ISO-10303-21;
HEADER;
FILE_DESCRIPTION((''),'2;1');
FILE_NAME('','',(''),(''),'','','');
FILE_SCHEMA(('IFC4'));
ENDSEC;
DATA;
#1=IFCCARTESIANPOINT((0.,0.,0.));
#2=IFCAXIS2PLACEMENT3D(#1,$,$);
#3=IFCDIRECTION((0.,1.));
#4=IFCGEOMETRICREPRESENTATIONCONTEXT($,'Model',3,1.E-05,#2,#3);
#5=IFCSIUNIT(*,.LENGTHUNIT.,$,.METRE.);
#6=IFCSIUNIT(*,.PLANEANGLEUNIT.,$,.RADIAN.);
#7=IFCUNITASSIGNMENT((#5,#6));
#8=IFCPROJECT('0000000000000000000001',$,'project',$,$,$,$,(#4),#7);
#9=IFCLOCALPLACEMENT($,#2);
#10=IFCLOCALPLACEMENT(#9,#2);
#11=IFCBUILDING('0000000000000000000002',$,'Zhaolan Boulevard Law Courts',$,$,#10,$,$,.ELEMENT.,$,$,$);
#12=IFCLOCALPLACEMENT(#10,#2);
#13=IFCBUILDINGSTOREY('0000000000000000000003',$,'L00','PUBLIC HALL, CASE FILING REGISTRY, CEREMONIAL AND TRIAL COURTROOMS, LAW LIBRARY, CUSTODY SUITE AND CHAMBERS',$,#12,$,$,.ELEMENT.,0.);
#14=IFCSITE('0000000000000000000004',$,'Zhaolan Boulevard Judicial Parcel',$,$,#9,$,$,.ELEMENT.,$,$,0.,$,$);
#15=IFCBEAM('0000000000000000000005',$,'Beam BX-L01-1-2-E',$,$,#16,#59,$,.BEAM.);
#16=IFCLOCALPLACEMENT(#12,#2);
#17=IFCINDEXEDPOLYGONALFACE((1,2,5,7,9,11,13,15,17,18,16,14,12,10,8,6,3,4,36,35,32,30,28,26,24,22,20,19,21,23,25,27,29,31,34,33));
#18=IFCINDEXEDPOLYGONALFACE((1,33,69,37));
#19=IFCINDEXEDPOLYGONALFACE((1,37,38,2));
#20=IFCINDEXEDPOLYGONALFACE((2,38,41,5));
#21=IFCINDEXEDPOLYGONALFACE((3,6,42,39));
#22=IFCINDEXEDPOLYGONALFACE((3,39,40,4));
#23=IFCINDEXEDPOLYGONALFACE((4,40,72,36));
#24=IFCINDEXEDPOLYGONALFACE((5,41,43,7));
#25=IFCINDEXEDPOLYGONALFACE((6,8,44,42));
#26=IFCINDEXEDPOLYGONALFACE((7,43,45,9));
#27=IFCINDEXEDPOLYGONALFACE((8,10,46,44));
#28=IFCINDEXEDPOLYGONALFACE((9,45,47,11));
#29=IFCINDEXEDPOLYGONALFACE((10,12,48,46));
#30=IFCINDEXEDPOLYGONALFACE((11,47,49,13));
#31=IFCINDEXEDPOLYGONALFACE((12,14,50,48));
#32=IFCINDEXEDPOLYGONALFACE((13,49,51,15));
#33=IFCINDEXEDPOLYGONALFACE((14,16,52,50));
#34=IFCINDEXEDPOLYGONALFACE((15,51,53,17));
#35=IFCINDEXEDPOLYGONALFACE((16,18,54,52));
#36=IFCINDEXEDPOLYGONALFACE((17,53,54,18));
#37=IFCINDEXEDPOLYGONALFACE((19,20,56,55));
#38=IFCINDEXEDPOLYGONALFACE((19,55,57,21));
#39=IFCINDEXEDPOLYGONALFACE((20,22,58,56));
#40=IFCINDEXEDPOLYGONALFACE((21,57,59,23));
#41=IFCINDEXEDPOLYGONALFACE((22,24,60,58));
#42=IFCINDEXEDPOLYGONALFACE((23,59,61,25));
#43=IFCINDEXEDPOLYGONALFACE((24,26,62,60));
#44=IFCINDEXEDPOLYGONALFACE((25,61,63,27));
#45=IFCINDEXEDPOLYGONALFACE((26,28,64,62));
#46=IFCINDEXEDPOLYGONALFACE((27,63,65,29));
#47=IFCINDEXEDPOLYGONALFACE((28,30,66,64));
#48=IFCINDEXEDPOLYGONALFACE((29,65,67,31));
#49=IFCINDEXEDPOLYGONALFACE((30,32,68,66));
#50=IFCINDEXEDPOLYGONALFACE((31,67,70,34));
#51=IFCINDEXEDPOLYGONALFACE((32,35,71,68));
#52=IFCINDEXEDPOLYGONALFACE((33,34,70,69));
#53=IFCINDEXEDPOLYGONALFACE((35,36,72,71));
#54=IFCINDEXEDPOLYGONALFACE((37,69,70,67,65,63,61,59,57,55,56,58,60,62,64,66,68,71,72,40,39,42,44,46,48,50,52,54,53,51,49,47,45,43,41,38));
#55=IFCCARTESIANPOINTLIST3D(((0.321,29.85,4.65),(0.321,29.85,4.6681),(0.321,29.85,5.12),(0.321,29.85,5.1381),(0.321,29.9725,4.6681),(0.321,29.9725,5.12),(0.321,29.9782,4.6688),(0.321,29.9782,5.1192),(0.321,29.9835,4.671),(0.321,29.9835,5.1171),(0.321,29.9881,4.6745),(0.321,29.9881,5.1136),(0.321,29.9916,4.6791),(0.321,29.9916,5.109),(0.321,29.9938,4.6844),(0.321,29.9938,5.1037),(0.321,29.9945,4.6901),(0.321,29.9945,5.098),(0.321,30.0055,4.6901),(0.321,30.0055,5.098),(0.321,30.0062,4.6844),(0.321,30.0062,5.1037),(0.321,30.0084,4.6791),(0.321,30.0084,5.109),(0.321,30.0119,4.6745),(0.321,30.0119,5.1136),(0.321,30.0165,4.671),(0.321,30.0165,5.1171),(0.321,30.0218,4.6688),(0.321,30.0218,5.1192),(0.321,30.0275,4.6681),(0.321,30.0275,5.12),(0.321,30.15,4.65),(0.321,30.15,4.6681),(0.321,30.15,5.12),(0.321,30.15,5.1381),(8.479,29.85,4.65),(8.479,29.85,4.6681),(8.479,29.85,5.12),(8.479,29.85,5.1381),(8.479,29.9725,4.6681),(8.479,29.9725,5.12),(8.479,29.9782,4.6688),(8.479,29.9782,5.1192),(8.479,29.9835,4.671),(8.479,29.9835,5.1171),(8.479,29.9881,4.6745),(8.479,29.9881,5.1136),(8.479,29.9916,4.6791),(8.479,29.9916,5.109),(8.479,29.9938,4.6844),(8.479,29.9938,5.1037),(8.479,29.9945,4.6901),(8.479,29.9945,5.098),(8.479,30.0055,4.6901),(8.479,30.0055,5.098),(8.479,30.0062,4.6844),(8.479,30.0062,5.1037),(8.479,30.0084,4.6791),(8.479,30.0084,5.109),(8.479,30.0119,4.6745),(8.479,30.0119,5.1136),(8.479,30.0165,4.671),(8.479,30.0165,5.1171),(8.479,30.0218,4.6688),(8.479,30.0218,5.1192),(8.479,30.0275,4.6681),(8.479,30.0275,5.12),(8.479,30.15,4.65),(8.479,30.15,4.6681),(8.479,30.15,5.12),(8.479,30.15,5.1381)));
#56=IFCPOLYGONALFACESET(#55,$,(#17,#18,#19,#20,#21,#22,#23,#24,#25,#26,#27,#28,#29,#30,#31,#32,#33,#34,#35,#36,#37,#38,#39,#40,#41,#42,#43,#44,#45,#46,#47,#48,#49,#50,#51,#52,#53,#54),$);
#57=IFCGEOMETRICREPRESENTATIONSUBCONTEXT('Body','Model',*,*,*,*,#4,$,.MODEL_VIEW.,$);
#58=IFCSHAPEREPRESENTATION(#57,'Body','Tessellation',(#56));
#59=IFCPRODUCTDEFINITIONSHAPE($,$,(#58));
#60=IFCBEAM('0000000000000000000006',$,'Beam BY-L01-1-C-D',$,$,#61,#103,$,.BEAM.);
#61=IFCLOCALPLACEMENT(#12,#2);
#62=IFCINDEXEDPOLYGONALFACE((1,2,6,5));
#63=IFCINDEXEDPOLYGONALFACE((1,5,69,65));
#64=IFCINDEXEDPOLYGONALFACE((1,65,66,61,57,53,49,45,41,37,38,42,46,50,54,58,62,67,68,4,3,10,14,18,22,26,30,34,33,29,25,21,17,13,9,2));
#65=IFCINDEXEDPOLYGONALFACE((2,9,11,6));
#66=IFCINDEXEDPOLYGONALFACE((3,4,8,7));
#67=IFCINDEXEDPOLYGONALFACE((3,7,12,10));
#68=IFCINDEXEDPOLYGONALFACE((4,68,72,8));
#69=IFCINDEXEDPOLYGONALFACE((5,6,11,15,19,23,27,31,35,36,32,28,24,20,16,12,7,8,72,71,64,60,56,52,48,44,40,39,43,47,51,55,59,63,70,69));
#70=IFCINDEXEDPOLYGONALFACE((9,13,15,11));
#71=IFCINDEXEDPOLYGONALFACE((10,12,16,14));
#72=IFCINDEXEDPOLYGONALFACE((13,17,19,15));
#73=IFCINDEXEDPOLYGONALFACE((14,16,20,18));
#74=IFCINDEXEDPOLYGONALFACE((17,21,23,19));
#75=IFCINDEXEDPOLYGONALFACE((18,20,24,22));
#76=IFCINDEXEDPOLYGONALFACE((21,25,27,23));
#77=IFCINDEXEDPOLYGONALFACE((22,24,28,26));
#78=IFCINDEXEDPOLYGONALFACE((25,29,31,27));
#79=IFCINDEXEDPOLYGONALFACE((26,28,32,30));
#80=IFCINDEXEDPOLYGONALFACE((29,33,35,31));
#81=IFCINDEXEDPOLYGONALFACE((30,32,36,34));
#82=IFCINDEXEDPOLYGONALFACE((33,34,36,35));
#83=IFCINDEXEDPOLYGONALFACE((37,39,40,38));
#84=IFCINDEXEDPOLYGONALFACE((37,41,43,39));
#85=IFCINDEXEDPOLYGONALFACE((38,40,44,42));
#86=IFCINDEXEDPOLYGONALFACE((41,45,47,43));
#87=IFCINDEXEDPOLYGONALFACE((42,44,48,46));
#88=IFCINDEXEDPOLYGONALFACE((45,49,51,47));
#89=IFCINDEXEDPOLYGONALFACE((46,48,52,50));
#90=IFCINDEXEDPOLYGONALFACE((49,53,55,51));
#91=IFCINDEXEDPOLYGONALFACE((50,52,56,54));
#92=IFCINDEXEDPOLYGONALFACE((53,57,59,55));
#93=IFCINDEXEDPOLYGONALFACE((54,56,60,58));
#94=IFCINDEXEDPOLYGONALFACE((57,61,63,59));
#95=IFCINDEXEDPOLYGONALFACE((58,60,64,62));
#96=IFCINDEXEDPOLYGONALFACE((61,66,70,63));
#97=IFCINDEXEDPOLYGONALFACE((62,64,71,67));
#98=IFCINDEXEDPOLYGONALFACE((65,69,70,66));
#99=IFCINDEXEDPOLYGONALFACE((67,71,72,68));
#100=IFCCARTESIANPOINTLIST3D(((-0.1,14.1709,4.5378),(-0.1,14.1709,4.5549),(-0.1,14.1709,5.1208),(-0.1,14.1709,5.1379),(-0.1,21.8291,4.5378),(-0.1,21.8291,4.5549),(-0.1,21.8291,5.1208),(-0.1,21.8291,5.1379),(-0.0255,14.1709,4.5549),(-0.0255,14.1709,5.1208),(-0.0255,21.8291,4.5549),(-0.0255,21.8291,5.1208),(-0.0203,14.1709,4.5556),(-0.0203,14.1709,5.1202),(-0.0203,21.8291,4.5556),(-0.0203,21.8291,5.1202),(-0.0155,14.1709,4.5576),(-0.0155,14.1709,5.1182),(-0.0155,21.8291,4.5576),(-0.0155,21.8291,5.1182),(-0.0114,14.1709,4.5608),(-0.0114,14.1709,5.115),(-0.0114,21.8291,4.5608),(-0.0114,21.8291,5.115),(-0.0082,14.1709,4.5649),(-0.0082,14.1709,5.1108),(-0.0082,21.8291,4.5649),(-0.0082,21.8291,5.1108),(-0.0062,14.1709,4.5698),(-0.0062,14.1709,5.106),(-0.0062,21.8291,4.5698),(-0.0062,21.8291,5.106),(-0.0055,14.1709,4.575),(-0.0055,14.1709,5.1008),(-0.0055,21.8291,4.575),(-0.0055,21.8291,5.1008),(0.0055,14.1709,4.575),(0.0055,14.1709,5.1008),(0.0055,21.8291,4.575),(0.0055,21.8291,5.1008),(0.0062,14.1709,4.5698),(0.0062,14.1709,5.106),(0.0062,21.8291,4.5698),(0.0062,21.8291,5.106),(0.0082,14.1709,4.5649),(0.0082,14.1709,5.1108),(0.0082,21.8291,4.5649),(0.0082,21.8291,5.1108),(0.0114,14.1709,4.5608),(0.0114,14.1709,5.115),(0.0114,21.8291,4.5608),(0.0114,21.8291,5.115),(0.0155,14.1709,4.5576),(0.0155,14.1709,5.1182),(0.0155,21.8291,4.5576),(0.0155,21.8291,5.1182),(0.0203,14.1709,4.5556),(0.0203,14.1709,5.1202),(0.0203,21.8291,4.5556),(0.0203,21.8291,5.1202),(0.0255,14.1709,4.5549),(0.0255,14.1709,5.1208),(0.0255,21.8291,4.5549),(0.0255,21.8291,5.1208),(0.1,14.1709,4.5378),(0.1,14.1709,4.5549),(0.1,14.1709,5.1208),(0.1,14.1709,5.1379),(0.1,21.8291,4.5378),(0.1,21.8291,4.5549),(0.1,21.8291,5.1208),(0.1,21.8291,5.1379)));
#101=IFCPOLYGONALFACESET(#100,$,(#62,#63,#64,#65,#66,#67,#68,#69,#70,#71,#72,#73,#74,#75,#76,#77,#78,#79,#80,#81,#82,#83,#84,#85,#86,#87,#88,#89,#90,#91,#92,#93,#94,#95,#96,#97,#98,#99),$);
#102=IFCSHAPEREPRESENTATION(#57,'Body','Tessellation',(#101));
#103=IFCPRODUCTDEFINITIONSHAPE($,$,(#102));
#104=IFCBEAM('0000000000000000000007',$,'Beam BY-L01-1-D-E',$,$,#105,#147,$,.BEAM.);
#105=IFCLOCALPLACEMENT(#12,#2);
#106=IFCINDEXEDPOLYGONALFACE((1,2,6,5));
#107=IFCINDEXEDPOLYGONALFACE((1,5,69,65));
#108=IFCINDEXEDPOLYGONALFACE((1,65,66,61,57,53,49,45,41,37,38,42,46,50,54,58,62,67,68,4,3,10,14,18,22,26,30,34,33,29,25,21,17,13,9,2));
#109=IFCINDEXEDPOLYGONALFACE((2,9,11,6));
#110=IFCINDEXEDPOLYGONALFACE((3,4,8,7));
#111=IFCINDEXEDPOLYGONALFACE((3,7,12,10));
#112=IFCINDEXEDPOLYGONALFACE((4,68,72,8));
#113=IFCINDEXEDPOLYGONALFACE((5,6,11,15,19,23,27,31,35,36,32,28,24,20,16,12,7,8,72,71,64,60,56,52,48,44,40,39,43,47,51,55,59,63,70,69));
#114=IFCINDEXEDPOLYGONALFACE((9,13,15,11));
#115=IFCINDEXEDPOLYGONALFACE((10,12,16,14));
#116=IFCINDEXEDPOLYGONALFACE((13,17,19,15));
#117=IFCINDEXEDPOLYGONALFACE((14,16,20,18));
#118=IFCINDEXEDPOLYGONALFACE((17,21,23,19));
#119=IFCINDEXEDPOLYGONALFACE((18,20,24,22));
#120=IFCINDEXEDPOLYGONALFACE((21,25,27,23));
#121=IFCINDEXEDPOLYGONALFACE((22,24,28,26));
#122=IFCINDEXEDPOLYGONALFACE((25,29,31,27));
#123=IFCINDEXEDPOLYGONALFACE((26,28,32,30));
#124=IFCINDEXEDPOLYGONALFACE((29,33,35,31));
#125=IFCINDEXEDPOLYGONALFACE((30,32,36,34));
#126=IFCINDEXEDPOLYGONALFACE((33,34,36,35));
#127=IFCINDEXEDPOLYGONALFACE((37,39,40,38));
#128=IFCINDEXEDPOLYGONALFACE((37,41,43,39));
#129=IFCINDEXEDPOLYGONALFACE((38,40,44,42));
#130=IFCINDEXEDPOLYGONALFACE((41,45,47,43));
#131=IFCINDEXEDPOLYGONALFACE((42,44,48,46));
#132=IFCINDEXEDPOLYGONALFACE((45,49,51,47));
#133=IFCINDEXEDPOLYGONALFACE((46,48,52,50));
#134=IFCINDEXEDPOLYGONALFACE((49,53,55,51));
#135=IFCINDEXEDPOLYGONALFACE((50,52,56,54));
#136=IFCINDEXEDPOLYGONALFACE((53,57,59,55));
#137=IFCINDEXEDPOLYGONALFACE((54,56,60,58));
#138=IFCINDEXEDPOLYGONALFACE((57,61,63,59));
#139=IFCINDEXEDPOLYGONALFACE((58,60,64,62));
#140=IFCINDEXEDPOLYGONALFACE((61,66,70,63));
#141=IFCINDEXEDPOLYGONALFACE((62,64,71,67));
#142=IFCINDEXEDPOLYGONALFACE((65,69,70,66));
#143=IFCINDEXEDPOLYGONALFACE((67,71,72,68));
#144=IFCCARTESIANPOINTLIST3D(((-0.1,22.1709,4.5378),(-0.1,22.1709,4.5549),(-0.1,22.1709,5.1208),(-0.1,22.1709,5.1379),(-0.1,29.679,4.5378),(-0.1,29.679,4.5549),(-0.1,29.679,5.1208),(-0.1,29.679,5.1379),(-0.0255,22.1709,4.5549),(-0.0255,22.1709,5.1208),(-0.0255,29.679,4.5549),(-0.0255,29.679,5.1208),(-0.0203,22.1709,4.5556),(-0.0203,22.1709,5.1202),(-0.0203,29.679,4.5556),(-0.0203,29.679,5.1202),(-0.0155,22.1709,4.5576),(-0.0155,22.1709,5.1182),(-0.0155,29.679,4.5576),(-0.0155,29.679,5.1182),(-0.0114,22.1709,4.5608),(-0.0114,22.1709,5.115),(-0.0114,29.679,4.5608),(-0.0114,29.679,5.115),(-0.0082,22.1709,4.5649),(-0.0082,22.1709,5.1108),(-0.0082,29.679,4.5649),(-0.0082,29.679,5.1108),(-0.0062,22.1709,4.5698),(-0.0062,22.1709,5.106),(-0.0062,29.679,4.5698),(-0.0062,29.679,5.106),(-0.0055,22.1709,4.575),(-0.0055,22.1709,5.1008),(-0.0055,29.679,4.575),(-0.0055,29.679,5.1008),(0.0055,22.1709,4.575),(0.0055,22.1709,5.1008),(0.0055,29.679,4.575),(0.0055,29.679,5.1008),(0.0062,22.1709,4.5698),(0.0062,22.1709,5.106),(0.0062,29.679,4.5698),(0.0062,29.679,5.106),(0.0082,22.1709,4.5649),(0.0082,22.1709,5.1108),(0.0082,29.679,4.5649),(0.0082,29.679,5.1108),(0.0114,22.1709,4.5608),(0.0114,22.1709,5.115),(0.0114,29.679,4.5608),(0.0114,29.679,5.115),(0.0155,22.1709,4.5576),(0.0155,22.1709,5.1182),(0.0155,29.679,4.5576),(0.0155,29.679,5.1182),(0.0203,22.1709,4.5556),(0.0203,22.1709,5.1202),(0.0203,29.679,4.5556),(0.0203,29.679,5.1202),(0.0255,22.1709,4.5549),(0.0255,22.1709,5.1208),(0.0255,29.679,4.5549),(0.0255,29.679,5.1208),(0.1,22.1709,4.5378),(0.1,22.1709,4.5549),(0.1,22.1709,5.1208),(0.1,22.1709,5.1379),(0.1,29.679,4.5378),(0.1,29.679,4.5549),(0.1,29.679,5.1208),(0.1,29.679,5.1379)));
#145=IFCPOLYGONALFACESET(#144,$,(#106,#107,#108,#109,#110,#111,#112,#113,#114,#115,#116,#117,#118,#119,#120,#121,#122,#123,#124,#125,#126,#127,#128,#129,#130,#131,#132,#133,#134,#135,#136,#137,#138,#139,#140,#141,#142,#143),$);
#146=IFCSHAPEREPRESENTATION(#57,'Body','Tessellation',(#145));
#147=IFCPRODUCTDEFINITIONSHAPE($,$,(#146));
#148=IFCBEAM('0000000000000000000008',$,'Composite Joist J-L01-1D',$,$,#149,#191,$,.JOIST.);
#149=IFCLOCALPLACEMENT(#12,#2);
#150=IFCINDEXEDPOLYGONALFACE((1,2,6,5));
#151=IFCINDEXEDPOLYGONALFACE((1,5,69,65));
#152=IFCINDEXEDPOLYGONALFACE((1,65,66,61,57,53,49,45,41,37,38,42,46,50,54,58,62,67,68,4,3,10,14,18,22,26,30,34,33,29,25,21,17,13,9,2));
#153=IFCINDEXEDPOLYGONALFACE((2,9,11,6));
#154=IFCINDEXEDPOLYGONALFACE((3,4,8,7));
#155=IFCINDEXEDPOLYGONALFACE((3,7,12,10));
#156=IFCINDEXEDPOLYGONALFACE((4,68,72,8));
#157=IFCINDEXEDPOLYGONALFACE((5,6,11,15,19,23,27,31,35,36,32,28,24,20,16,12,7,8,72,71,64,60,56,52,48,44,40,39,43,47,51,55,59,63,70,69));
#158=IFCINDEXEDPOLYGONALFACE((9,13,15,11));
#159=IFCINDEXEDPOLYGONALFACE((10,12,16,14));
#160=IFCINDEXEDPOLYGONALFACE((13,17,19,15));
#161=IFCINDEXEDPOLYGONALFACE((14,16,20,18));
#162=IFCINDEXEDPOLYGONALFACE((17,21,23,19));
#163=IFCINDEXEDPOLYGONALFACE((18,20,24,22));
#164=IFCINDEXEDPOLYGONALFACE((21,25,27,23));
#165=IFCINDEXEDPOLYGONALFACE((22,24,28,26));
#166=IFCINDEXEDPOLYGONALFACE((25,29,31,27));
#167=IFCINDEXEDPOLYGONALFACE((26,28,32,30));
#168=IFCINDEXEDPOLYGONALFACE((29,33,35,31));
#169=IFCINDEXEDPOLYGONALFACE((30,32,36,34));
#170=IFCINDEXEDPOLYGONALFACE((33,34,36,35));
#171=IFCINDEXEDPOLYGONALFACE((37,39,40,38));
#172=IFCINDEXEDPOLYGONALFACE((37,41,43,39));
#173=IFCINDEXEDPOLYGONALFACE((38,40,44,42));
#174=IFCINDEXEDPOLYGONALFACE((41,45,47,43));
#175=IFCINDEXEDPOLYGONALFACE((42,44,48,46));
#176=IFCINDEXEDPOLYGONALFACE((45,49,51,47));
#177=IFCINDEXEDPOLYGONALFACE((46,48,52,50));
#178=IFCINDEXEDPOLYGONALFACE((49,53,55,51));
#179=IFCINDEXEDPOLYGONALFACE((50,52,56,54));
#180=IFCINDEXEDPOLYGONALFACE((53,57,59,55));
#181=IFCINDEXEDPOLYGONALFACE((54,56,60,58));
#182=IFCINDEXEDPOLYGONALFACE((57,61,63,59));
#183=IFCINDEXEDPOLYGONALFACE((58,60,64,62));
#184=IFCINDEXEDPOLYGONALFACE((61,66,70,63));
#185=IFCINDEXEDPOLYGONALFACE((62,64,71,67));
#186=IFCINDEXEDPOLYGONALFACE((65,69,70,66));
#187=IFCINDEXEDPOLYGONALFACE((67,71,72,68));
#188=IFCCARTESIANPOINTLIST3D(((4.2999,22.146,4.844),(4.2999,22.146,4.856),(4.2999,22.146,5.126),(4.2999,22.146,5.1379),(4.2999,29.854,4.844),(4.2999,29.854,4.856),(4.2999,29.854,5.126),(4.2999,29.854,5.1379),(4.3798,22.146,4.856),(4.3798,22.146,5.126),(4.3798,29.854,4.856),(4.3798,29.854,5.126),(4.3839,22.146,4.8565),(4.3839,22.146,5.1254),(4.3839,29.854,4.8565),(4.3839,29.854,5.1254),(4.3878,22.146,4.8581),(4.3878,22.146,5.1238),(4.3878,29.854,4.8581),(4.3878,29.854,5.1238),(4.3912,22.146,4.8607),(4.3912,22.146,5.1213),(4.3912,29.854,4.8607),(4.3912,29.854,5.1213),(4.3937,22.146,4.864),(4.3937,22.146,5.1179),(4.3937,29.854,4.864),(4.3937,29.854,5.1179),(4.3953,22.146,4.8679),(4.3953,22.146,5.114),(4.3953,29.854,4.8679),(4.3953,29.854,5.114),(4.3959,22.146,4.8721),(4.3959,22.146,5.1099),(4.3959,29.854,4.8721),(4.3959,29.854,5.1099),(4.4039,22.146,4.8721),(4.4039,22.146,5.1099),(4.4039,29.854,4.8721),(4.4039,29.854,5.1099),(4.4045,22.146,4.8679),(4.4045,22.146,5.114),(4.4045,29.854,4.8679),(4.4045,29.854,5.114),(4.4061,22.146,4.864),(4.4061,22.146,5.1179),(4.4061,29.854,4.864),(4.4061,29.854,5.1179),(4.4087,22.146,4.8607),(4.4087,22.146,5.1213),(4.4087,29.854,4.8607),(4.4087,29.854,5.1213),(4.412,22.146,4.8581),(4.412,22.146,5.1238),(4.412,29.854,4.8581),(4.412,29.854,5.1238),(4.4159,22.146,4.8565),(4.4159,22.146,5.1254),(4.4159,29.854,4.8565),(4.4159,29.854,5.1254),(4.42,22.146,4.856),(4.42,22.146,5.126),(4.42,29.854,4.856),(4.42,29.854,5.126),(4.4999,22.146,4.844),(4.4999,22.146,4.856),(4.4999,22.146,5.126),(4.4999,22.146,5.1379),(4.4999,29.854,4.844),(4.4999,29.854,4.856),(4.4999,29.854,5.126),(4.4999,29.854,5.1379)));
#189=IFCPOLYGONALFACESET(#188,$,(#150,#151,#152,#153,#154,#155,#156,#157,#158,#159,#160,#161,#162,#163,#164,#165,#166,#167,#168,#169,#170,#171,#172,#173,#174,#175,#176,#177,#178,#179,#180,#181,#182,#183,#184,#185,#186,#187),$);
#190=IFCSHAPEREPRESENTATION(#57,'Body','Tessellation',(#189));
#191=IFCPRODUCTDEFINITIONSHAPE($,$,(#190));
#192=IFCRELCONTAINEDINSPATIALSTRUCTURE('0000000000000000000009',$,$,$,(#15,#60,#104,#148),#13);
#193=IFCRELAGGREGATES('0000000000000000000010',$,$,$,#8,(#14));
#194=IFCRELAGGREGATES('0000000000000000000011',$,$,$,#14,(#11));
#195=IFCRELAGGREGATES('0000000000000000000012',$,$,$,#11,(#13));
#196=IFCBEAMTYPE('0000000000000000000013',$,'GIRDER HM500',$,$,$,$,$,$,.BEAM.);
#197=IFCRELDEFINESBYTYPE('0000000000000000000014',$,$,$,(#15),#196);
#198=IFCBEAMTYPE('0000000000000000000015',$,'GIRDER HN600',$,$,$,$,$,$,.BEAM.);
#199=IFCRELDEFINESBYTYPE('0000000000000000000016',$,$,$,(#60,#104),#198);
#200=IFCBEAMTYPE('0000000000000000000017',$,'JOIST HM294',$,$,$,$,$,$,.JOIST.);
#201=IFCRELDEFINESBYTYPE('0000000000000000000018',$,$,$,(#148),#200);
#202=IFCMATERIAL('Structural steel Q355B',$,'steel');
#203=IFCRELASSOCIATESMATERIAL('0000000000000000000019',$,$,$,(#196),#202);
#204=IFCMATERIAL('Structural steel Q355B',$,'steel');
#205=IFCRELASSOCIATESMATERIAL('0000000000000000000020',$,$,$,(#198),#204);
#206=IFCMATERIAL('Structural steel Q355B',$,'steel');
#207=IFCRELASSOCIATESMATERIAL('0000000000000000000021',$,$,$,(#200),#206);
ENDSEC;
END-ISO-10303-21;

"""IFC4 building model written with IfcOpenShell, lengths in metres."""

from ifc_helpers import new_model, si_unit, direction, frame, origin, origin_2d, place, context, subcontext, project, spatial, i_section, extrude, material, material_profile, profile_set, type_object, element, save


model = new_model("IFC4")

# Units and contexts
model_context = context("Model", 3, precision=1e-05, world=origin(), true_north=direction((0.0, 1.0)))
body_context = subcontext(model_context, "Body", "Model", "MODEL_VIEW")
ifc_project = project(units=[si_unit("LENGTHUNIT", "METRE"), si_unit("PLANEANGLEUNIT", "RADIAN")], contexts=[model_context])

# Site, building, storey
site_placement = place(None, origin())
site = spatial("IfcSite", under=ifc_project, at=site_placement, Name="Zhaolan Boulevard Judicial Parcel", CompositionType="ELEMENT", RefElevation=0.0)
building_placement = place(site_placement, origin())
building = spatial("IfcBuilding", under=site, at=building_placement, Name="Zhaolan Boulevard Law Courts", CompositionType="ELEMENT")
storey_placement = place(building_placement, origin())
storey = spatial("IfcBuildingStorey", under=building, at=storey_placement, Name="L00", Description="PUBLIC HALL, CASE FILING REGISTRY, CEREMONIAL AND TRIAL COURTROOMS, LAW LIBRARY, CUSTODY SUITE AND CHAMBERS", CompositionType="ELEMENT", Elevation=0.0)

# Beams
ifc_material_1 = material(Name="Structural steel Q355B", Category="steel")
ifc_material_profile_1 = material_profile(ifc_material_1, i_section(OverallWidth=0.3, OverallDepth=0.488, WebThickness=0.011, FlangeThickness=0.0181, FilletRadius=0.022, at=origin_2d()), Name="HM488x300")
ifc_profile_set_1 = profile_set([ifc_material_profile_1], Name="Structural steel Q355B")
beam_type_1 = type_object("IfcBeamType", Name="GIRDER HM500", PredefinedType="BEAM", material=ifc_profile_set_1)
beam_1_placement = place(storey_placement, frame((0.321, 30.0, 4.894), z_axis=(1.0, 0.0, 0.0), x_axis=(0.0, 1.0, 0.0)))
element("IfcBeam", 1, at=beam_1_placement, inside=storey, type_object=beam_type_1, Name="Beam BX-L01-1-2-E", PredefinedType="BEAM", context=body_context, shape_type="SweptSolid", body=[
    extrude(i_section(OverallWidth=0.3, OverallDepth=0.488, WebThickness=0.011, FlangeThickness=0.0181, FilletRadius=0.022, at=origin_2d()), origin(), (0.0, 0.0, 1.0), 8.158),
])
ifc_material_2 = material(Name="Structural steel Q355B", Category="steel")
ifc_material_profile_2 = material_profile(ifc_material_2, i_section(OverallWidth=0.2, OverallDepth=0.6001, WebThickness=0.011, FlangeThickness=0.0171, FilletRadius=0.02, at=origin_2d()), Name="HN600x200")
ifc_profile_set_2 = profile_set([ifc_material_profile_2], Name="Structural steel Q355B")
beam_type_2 = type_object("IfcBeamType", Name="GIRDER HN600", PredefinedType="BEAM", material=ifc_profile_set_2)
beam_2_placement = place(storey_placement, frame((0.0, 14.1709, 4.8379), z_axis=(0.0, 1.0, 0.0), x_axis=(-1.0, 0.0, 0.0)))
element("IfcBeam", 2, at=beam_2_placement, inside=storey, type_object=beam_type_2, Name="Beam BY-L01-1-C-D", PredefinedType="BEAM", context=body_context, shape_type="SweptSolid", body=[
    extrude(i_section(OverallWidth=0.2, OverallDepth=0.6001, WebThickness=0.011, FlangeThickness=0.0171, FilletRadius=0.02, at=origin_2d()), origin(), (0.0, 0.0, 1.0), 7.6582),
])
beam_3_placement = place(storey_placement, frame((0.0, 22.1709, 4.8379), z_axis=(0.0, 1.0, 0.0), x_axis=(-1.0, 0.0, 0.0)))
element("IfcBeam", 3, at=beam_3_placement, inside=storey, type_object=beam_type_2, Name="Beam BY-L01-1-D-E", PredefinedType="BEAM", context=body_context, shape_type="SweptSolid", body=[
    extrude(i_section(OverallWidth=0.2, OverallDepth=0.6001, WebThickness=0.011, FlangeThickness=0.0171, FilletRadius=0.02, at=origin_2d()), origin(), (0.0, 0.0, 1.0), 7.5081),
])
ifc_material_3 = material(Name="Structural steel Q355B", Category="steel")
ifc_material_profile_3 = material_profile(ifc_material_3, i_section(OverallWidth=0.2, OverallDepth=0.2939, WebThickness=0.0081, FlangeThickness=0.012, FilletRadius=0.0161, at=origin_2d()), Name="HM294x200")
ifc_profile_set_3 = profile_set([ifc_material_profile_3], Name="Structural steel Q355B")
beam_type_3 = type_object("IfcBeamType", Name="JOIST HM294", PredefinedType="JOIST", material=ifc_profile_set_3)
beam_4_placement = place(storey_placement, frame((4.3999, 22.146, 4.991), z_axis=(0.0, 1.0, 0.0), x_axis=(-1.0, 0.0, 0.0)))
element("IfcBeam", 4, at=beam_4_placement, inside=storey, type_object=beam_type_3, Name="Composite Joist J-L01-1D", PredefinedType="JOIST", context=body_context, shape_type="SweptSolid", body=[
    extrude(i_section(OverallWidth=0.2, OverallDepth=0.2939, WebThickness=0.0081, FlangeThickness=0.012, FilletRadius=0.0161, at=origin_2d()), origin(), (0.0, 0.0, 1.0), 7.708),
])

save(model, "model.ifc")
